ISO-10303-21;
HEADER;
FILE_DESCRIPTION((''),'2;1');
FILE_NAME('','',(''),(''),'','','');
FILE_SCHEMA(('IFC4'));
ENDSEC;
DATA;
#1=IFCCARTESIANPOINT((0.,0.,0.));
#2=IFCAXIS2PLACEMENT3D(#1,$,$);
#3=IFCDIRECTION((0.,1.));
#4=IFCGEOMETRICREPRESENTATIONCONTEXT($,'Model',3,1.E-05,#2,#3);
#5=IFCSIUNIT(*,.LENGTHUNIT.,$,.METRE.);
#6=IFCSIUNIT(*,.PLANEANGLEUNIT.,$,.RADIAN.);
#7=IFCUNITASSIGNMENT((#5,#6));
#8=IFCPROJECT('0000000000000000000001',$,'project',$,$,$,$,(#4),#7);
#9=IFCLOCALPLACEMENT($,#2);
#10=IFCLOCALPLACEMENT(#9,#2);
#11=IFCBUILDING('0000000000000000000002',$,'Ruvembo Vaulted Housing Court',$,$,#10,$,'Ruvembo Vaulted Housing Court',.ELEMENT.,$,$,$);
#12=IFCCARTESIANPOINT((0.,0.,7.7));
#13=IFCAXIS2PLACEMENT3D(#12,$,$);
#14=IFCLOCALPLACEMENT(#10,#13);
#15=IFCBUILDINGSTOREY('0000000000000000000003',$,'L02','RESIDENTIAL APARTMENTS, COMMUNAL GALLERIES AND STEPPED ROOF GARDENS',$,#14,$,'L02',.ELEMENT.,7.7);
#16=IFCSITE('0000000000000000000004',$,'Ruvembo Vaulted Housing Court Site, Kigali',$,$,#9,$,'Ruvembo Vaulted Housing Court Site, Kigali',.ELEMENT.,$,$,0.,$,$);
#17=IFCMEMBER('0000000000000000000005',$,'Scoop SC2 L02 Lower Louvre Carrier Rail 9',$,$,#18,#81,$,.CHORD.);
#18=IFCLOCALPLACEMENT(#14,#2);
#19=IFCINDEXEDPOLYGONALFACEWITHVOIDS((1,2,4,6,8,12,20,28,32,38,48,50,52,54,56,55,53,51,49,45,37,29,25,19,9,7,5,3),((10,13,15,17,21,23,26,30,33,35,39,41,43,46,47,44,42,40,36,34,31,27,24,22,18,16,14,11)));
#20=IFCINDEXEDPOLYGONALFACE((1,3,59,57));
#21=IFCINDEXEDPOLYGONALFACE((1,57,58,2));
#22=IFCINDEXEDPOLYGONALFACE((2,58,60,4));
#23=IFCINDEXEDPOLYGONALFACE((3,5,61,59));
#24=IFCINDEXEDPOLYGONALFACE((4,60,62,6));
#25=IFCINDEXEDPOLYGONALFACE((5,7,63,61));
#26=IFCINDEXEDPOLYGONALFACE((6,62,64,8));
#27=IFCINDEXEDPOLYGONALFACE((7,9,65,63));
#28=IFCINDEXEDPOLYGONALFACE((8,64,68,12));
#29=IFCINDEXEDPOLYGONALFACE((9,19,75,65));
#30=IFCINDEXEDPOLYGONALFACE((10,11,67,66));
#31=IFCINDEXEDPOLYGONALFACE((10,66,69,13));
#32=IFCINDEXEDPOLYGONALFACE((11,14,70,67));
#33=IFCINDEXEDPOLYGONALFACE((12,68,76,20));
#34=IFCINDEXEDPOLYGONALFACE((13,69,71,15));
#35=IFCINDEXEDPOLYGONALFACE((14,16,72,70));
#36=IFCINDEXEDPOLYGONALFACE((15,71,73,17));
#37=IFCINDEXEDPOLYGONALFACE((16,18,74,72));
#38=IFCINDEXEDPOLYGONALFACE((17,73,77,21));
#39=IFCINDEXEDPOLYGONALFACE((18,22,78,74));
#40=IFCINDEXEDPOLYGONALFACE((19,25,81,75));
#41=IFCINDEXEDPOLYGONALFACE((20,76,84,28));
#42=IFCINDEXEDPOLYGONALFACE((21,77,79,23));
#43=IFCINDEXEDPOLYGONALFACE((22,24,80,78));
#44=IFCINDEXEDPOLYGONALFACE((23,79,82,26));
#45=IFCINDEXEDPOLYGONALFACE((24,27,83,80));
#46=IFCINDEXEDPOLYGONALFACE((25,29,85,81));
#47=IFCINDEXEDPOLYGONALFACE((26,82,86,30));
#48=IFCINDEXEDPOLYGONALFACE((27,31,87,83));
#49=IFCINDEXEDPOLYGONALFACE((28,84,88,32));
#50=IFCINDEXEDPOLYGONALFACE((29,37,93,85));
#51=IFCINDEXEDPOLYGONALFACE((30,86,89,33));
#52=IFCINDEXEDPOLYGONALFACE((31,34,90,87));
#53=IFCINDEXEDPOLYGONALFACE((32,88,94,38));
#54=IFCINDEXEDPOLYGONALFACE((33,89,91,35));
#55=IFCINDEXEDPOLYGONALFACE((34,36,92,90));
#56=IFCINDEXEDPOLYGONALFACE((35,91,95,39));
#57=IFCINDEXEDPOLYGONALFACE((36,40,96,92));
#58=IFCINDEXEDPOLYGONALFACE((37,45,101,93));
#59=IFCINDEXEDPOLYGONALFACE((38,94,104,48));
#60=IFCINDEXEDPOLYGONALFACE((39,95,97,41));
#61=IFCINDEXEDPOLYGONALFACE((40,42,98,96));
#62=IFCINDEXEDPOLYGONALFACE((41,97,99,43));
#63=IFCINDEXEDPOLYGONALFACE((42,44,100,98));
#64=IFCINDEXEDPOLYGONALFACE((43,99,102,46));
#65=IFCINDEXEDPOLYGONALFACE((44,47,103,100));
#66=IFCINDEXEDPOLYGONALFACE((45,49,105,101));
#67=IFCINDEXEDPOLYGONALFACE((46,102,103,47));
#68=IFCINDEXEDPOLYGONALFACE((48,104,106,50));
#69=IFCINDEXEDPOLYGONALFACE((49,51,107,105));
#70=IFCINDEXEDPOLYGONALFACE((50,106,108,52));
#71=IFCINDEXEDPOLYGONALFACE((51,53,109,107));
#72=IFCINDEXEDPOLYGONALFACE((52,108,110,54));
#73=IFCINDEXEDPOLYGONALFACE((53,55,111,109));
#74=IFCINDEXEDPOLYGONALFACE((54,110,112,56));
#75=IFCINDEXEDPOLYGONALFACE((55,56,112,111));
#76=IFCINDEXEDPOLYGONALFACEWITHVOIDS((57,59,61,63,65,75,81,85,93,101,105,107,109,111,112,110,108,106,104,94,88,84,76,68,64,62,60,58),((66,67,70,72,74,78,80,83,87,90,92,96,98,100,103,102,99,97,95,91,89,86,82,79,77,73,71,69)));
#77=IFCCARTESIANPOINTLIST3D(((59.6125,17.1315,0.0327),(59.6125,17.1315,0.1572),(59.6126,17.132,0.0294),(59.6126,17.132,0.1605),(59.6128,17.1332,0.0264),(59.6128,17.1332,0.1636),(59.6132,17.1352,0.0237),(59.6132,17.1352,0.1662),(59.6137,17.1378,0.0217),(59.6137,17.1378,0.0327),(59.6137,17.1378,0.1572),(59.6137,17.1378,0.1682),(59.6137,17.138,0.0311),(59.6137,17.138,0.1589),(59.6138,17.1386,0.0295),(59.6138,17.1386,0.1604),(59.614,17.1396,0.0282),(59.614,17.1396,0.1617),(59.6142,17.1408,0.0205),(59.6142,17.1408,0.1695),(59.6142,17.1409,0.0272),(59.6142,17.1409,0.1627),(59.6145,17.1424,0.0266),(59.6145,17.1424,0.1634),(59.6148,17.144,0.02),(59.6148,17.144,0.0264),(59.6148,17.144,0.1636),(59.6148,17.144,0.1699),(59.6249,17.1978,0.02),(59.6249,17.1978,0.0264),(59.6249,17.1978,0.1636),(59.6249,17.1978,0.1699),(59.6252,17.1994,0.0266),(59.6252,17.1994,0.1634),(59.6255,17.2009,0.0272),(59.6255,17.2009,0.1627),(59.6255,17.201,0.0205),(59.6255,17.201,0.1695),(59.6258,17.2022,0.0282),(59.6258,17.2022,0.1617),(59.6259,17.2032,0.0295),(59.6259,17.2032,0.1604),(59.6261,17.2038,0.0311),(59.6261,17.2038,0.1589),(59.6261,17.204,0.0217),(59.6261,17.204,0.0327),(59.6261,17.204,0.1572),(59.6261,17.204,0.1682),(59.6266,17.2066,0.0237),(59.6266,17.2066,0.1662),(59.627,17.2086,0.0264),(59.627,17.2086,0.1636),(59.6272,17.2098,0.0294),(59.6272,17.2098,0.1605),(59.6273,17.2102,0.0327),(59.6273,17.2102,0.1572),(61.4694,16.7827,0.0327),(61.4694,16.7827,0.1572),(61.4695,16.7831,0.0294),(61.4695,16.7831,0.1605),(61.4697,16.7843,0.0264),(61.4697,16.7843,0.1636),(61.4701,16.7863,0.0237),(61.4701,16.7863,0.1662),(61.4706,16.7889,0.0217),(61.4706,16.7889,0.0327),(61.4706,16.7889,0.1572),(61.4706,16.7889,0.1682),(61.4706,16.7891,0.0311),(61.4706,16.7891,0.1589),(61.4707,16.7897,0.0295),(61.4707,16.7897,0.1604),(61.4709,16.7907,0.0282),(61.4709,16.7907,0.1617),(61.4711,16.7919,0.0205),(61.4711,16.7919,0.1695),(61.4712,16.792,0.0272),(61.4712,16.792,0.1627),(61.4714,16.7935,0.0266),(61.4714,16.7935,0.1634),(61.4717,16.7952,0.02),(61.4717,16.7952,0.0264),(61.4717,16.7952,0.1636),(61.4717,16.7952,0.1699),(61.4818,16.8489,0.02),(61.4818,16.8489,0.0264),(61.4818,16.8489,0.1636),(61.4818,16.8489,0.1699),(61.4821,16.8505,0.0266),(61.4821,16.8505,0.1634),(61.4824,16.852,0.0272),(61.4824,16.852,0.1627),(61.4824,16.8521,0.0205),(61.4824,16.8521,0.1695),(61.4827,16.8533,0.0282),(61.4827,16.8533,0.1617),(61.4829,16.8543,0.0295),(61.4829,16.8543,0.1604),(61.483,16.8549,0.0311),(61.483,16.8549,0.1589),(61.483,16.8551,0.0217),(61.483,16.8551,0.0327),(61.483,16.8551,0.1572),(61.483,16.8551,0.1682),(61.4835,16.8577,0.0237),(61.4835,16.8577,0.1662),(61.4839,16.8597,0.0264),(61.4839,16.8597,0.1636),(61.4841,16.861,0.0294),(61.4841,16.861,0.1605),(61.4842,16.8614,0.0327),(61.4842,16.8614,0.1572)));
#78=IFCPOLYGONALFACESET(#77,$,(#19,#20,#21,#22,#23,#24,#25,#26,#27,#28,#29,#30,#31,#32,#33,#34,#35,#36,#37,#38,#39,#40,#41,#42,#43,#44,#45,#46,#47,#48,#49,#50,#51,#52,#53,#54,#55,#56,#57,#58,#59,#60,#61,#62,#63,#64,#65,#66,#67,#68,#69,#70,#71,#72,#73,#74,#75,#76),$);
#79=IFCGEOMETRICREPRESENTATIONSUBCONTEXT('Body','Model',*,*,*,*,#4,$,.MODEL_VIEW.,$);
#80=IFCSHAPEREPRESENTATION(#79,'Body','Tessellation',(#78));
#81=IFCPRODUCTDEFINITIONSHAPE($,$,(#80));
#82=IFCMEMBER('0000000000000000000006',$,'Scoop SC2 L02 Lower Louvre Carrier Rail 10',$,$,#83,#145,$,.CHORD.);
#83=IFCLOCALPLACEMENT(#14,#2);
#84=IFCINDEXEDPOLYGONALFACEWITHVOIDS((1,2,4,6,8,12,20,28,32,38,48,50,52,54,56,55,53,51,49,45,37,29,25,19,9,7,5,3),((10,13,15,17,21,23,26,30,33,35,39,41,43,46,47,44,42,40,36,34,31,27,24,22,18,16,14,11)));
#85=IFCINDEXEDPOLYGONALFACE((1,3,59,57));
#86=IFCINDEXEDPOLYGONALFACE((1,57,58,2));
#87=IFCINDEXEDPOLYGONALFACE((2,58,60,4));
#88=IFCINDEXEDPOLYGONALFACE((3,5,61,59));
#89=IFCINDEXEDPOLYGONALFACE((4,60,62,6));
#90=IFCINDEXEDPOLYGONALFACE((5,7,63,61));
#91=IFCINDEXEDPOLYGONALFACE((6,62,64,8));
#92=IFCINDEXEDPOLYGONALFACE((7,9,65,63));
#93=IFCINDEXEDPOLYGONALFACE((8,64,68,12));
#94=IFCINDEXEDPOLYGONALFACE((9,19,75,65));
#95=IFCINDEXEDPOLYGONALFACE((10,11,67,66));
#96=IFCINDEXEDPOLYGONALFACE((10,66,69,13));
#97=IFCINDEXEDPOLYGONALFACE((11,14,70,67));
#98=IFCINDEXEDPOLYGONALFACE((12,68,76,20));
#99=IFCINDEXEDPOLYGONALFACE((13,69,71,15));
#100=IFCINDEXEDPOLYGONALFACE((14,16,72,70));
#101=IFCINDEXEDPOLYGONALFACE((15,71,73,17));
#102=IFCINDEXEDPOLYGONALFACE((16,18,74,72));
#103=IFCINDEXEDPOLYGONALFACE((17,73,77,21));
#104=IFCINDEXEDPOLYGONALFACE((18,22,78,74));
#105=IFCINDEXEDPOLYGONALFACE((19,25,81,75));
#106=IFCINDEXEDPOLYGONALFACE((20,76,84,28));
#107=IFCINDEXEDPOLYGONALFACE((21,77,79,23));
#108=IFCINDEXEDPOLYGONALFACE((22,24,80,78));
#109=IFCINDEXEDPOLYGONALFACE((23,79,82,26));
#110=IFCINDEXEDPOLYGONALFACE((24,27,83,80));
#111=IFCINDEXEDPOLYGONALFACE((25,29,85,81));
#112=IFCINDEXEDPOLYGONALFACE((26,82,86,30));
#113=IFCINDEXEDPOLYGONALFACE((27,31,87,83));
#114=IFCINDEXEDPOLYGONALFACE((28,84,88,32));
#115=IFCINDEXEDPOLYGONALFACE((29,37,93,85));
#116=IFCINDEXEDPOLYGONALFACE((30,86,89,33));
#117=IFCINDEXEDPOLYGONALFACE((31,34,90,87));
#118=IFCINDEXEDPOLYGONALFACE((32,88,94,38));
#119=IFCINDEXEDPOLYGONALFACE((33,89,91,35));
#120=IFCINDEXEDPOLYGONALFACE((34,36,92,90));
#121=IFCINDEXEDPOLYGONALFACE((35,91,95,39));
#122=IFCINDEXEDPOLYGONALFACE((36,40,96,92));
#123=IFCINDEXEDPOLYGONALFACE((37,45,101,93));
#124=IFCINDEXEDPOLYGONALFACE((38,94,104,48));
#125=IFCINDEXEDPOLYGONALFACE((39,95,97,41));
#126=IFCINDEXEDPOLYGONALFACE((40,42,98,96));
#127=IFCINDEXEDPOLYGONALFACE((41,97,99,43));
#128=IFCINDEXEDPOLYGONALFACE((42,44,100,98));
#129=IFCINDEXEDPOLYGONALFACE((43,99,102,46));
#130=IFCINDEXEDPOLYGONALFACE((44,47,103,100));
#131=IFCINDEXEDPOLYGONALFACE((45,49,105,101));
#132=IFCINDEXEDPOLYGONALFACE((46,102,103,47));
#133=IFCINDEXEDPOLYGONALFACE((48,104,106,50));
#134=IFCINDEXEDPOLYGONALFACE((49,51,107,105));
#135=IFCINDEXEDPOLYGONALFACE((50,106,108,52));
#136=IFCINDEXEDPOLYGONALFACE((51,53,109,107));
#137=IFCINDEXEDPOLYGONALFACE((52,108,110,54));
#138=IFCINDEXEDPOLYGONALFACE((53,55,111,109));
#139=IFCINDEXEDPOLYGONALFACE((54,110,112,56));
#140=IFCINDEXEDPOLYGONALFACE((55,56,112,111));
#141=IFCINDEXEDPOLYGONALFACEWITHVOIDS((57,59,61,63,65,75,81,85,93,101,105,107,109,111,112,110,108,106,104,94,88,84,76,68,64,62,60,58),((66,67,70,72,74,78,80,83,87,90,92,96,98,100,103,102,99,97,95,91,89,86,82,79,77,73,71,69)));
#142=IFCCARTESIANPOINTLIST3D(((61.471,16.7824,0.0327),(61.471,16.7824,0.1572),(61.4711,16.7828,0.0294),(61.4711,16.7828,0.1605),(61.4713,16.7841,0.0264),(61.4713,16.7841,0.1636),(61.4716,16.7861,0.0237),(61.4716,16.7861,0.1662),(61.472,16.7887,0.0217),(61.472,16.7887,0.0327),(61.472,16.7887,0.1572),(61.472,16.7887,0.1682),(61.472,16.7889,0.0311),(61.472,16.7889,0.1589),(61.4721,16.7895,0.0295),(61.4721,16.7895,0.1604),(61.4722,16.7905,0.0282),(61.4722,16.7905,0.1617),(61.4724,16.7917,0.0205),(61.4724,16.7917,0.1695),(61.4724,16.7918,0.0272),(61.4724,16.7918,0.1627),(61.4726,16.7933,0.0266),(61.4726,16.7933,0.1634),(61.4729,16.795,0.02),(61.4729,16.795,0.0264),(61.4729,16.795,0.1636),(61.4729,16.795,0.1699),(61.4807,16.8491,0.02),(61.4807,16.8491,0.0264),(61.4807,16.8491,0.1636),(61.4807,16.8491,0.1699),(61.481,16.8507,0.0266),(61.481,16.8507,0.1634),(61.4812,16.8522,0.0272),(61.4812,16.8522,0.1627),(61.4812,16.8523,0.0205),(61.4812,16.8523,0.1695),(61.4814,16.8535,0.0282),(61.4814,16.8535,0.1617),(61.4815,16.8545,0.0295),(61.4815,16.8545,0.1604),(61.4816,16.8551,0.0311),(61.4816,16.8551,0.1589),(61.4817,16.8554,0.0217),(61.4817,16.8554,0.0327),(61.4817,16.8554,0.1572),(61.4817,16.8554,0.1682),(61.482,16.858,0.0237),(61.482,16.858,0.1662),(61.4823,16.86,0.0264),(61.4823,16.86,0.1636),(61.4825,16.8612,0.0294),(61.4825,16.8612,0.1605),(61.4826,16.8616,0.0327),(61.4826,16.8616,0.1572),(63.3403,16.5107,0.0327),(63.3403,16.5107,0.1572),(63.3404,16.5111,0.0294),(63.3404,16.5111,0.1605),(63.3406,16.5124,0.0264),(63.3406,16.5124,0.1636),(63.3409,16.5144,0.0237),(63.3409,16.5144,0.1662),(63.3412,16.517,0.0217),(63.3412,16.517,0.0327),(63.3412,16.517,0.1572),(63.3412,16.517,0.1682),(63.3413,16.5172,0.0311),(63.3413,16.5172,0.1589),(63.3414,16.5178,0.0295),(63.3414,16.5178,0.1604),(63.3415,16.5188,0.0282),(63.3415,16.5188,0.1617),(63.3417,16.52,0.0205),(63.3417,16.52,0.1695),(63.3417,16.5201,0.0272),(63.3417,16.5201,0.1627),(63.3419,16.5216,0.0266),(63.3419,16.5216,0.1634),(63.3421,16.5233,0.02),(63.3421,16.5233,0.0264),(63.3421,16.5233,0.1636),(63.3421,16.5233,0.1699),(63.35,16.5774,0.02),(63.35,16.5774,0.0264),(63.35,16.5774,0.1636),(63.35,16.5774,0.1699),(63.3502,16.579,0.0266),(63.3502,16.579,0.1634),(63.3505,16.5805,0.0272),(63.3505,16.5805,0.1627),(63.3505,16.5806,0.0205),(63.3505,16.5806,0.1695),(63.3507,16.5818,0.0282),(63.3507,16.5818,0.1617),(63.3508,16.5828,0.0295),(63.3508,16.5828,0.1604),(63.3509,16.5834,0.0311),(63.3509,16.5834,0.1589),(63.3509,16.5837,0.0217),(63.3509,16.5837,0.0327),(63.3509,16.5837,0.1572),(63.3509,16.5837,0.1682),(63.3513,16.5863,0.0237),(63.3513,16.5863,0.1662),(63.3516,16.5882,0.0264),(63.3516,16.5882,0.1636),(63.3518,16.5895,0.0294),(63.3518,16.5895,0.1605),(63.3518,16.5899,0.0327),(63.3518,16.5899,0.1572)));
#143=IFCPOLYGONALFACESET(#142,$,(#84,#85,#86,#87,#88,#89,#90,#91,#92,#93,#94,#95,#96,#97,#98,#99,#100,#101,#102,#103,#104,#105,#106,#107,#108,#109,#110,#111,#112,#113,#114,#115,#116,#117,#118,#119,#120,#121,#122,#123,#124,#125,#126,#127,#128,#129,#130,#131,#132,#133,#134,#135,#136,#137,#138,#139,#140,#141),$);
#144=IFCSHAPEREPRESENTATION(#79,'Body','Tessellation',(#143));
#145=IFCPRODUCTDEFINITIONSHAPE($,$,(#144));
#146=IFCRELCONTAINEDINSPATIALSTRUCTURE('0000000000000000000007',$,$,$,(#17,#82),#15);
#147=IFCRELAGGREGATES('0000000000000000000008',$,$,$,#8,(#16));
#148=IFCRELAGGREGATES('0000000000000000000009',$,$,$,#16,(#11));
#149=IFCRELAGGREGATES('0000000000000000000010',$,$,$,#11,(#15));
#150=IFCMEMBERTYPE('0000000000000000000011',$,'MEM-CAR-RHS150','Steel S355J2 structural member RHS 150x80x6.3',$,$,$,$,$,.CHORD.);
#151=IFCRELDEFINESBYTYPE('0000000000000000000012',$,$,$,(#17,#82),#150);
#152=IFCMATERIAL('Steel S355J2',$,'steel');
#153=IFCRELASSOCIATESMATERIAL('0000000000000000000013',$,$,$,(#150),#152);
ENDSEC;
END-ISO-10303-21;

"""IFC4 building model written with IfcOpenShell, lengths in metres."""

from ifc_helpers import new_model, si_unit, direction, frame, origin, origin_2d, place, context, subcontext, project, spatial, hollow_rectangle, extrude, material, material_profile, profile_set, type_object, element, save


model = new_model("IFC4")

# Units and contexts
model_context = context("Model", 3, precision=1e-05, world=origin(), true_north=direction((0.0, 1.0)))
body_context = subcontext(model_context, "Body", "Model", "MODEL_VIEW")
ifc_project = project(units=[si_unit("LENGTHUNIT", "METRE"), si_unit("PLANEANGLEUNIT", "RADIAN")], contexts=[model_context])

# Site, building, storey
site_placement = place(None, origin())
site = spatial("IfcSite", under=ifc_project, at=site_placement, Name="Ruvembo Vaulted Housing Court Site, Kigali", LongName="Ruvembo Vaulted Housing Court Site, Kigali", CompositionType="ELEMENT", RefElevation=0.0)
building_placement = place(site_placement, origin())
building = spatial("IfcBuilding", under=site, at=building_placement, Name="Ruvembo Vaulted Housing Court", LongName="Ruvembo Vaulted Housing Court", CompositionType="ELEMENT")
storey_placement = place(building_placement, frame((0.0, 0.0, 7.7)))
storey = spatial("IfcBuildingStorey", under=building, at=storey_placement, Name="L02", Description="RESIDENTIAL APARTMENTS, COMMUNAL GALLERIES AND STEPPED ROOF GARDENS", LongName="L02", CompositionType="ELEMENT", Elevation=7.7)

# Shared definitions
ifc_material_1 = material(Name="Steel S355J2", Category="steel")

# Members
ifc_material_profile_1 = material_profile(ifc_material_1, hollow_rectangle(XDim=0.0801, YDim=0.1499, WallThickness=0.0063, InnerFilletRadius=0.0063, OuterFilletRadius=0.0127, at=origin_2d()), Name="RHS 150x80x6.3")
ifc_profile_set_1 = profile_set([ifc_material_profile_1], Name="Steel S355J2")
member_type_1 = type_object("IfcMemberType", Name="MEM-CAR-RHS150", Description="Steel S355J2 structural member RHS 150x80x6.3", PredefinedType="CHORD", material=ifc_profile_set_1)
member_1_placement = place(storey_placement, frame((59.6199, 17.1709, 0.095), z_axis=(0.982805, -0.184647, 0.0), x_axis=(0.184647, 0.982805, 0.0)))
element("IfcMember", 1, at=member_1_placement, inside=storey, type_object=member_type_1, Name="Scoop SC2 L02 Lower Louvre Carrier Rail 9", PredefinedType="CHORD", context=body_context, shape_type="SweptSolid", body=[
    extrude(hollow_rectangle(XDim=0.0801, YDim=0.1499, WallThickness=0.0063, InnerFilletRadius=0.0063, OuterFilletRadius=0.0127, at=origin_2d()), origin(), (0.0, 0.0, 1.0), 1.8894),
])
member_2_placement = place(storey_placement, frame((61.4768, 16.822, 0.095), z_axis=(0.9896, -0.143845, 0.0), x_axis=(0.143845, 0.9896, 0.0)))
element("IfcMember", 2, at=member_2_placement, inside=storey, type_object=member_type_1, Name="Scoop SC2 L02 Lower Louvre Carrier Rail 10", PredefinedType="CHORD", context=body_context, shape_type="SweptSolid", body=[
    extrude(hollow_rectangle(XDim=0.0801, YDim=0.1499, WallThickness=0.0063, InnerFilletRadius=0.0063, OuterFilletRadius=0.0127, at=origin_2d()), origin(), (0.0, 0.0, 1.0), 1.8889),
])

save(model, "model.ifc")
